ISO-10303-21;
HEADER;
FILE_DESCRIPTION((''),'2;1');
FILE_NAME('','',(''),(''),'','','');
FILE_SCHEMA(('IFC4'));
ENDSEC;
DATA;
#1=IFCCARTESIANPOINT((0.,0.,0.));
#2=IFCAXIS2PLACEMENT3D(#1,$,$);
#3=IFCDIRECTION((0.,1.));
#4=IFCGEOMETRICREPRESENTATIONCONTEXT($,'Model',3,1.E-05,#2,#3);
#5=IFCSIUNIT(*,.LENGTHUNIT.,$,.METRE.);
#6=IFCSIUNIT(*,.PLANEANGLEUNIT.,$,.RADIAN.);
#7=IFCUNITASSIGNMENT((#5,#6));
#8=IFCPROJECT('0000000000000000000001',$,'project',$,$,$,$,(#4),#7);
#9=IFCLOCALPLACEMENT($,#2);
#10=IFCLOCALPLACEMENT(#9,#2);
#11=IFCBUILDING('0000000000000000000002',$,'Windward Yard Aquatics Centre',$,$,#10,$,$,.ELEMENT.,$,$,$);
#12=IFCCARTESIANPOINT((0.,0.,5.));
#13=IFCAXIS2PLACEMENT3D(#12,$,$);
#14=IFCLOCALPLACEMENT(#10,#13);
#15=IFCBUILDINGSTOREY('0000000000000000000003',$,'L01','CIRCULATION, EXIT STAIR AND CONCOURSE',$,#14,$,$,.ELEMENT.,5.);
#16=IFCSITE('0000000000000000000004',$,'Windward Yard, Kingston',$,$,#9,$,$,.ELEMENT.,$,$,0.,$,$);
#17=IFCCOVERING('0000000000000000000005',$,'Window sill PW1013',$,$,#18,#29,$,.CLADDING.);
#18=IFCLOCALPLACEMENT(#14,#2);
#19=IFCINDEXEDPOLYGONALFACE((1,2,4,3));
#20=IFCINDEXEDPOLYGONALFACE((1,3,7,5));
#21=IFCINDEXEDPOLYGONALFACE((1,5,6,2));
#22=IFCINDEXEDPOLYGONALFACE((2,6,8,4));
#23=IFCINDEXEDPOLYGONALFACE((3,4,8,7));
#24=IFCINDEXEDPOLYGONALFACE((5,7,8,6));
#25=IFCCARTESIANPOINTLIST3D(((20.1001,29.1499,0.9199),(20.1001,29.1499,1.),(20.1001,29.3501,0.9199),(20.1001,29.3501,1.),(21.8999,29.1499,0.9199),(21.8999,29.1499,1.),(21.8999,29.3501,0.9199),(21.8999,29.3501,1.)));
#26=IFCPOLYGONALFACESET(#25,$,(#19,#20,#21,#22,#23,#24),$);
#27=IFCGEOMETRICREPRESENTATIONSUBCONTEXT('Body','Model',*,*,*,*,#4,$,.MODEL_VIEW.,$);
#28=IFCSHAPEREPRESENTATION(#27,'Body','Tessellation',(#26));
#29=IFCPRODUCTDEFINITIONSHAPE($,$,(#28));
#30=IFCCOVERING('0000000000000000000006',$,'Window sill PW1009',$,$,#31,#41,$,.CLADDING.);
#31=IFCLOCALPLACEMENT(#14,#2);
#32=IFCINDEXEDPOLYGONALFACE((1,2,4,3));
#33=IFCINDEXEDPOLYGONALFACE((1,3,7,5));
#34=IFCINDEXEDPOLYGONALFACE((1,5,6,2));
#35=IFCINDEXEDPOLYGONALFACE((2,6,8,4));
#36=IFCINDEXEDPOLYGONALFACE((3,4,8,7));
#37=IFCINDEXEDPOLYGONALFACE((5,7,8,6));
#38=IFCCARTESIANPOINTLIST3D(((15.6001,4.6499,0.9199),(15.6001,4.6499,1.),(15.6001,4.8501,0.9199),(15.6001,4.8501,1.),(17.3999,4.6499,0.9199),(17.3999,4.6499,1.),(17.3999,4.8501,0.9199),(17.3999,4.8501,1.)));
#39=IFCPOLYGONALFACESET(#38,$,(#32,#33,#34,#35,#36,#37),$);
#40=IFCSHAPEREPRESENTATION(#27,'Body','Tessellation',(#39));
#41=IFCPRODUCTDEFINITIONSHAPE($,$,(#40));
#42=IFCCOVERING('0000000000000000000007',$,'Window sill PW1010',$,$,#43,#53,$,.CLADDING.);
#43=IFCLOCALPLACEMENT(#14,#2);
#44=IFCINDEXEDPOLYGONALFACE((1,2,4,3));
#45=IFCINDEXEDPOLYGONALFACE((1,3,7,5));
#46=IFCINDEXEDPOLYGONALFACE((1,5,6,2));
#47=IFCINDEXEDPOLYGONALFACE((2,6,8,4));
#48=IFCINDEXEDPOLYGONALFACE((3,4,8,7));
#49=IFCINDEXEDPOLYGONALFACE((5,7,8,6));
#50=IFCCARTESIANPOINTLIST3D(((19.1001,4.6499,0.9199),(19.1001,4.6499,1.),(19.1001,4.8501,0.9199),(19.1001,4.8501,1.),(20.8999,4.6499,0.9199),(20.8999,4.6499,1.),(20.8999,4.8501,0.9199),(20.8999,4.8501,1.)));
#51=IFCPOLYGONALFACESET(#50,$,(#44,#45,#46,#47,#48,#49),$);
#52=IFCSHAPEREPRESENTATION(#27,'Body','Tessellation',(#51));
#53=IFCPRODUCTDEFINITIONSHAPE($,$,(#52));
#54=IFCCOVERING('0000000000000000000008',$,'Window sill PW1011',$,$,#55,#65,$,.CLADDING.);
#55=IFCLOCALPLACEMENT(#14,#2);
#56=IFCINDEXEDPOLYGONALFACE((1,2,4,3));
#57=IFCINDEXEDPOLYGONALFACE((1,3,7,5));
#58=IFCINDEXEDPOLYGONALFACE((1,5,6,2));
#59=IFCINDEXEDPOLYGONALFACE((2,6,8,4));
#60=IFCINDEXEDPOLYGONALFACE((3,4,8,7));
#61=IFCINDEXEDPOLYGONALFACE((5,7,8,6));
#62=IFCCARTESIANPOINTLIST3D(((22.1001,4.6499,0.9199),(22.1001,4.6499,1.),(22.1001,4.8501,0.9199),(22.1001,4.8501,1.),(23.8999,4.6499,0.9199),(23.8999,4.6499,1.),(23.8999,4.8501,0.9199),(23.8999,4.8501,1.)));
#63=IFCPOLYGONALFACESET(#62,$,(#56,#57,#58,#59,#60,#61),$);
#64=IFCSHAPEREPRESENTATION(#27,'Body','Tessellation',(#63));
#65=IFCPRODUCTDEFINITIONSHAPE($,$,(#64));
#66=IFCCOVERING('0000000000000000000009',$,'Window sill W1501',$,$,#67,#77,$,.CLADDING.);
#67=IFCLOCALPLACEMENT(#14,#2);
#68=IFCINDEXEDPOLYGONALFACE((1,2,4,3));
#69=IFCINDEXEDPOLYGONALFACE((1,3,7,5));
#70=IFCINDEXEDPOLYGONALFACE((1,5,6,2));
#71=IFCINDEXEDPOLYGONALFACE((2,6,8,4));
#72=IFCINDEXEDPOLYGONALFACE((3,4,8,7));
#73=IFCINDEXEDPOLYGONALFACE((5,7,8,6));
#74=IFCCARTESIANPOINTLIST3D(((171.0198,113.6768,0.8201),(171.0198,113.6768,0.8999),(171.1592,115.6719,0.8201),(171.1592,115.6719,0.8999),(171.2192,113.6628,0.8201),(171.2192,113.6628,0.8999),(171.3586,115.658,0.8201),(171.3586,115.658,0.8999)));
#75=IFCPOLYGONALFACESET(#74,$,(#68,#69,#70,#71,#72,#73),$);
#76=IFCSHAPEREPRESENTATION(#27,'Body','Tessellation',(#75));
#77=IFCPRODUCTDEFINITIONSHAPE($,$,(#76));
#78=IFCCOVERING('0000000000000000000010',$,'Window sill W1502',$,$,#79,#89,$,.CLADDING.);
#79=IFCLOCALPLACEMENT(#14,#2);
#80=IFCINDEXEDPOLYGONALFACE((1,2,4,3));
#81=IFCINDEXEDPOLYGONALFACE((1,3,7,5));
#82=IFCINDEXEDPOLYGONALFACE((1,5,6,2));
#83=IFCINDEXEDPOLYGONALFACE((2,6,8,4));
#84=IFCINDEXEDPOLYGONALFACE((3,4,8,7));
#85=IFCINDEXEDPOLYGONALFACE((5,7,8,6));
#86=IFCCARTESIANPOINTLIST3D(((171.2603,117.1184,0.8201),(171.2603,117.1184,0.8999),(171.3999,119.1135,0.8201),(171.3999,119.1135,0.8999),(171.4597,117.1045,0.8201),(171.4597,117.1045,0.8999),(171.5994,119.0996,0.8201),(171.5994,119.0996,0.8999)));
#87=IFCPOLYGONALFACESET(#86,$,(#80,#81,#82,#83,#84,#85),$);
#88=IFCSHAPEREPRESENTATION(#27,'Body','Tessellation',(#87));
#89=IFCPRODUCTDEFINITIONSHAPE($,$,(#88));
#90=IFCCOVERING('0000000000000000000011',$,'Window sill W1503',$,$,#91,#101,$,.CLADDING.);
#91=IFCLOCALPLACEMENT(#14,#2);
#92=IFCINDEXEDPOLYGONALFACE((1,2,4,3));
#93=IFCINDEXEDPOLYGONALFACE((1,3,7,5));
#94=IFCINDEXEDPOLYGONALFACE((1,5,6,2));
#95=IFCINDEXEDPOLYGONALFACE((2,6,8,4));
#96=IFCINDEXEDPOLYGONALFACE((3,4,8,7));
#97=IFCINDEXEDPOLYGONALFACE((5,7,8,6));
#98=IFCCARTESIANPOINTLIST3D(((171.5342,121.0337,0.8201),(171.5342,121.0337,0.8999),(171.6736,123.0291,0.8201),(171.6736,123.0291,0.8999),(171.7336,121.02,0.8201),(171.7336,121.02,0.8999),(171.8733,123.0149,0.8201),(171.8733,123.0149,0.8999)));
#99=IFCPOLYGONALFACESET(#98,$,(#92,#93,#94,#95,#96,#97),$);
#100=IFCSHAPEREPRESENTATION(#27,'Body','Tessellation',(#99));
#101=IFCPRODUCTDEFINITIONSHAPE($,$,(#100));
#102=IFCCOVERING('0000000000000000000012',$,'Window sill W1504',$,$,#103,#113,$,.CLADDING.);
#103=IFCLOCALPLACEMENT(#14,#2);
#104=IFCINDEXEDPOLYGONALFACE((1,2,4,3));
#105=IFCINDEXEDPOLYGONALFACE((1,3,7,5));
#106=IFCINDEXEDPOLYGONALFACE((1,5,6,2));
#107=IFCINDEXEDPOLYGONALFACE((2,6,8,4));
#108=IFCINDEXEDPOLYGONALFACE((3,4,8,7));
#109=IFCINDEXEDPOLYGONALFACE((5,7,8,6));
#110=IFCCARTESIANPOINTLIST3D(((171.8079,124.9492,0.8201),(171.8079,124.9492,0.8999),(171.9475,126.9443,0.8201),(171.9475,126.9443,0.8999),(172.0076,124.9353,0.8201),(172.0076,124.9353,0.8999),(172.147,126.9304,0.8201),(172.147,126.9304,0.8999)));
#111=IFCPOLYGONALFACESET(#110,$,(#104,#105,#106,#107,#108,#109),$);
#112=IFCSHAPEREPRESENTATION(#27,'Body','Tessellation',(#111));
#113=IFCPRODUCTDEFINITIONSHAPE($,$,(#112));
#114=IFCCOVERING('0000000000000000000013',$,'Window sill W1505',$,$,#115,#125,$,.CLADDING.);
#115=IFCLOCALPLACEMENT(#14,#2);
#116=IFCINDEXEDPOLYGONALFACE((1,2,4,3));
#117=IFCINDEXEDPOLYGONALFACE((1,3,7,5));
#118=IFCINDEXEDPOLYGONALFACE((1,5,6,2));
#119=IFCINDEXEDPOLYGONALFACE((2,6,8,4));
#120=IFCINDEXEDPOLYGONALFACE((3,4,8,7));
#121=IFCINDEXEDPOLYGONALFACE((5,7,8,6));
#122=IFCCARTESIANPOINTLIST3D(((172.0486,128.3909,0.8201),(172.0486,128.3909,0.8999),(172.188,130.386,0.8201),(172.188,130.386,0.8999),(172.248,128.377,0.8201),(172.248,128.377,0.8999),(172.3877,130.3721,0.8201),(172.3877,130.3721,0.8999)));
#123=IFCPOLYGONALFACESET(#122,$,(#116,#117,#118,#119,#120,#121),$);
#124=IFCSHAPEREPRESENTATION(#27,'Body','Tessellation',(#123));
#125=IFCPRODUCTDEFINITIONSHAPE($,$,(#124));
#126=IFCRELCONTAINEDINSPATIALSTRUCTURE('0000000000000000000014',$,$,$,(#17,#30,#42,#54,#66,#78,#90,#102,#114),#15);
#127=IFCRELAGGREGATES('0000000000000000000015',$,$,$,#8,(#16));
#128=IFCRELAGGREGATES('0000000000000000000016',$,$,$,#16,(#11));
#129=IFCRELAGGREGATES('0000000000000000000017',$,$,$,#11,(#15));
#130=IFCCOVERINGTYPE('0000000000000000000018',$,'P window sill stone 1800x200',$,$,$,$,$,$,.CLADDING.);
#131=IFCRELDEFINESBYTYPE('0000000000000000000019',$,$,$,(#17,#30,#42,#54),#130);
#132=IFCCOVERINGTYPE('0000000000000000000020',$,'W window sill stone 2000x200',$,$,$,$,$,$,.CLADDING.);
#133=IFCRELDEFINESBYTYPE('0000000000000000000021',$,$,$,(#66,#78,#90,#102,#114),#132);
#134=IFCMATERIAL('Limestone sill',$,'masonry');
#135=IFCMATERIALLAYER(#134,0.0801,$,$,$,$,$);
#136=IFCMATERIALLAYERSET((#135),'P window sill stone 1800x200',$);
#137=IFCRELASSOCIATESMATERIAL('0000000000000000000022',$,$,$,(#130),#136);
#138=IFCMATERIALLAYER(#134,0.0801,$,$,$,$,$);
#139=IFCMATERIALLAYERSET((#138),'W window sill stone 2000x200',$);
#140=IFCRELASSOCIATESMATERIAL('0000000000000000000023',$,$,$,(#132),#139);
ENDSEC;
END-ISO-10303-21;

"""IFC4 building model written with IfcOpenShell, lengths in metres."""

from ifc_helpers import new_model, si_unit, direction, frame, origin, place, context, subcontext, project, spatial, polyline, outline, extrude, material, layer, layer_set, type_object, element, save


model = new_model("IFC4")

# Units and contexts
model_context = context("Model", 3, precision=1e-05, world=origin(), true_north=direction((0.0, 1.0)))
body_context = subcontext(model_context, "Body", "Model", "MODEL_VIEW")
ifc_project = project(units=[si_unit("LENGTHUNIT", "METRE"), si_unit("PLANEANGLEUNIT", "RADIAN")], contexts=[model_context])

# Site, building, storey
site_placement = place(None, origin())
site = spatial("IfcSite", under=ifc_project, at=site_placement, Name="Windward Yard, Kingston", CompositionType="ELEMENT", RefElevation=0.0)
building_placement = place(site_placement, origin())
building = spatial("IfcBuilding", under=site, at=building_placement, Name="Windward Yard Aquatics Centre", CompositionType="ELEMENT")
storey_placement = place(building_placement, frame((0.0, 0.0, 5.0)))
storey = spatial("IfcBuildingStorey", under=building, at=storey_placement, Name="L01", Description="CIRCULATION, EXIT STAIR AND CONCOURSE", CompositionType="ELEMENT", Elevation=5.0)

# Coverings
ifc_material = material(Name="Limestone sill", Category="masonry")
ifc_layer_1 = layer(ifc_material, 0.0801)
ifc_layer_set_1 = layer_set([ifc_layer_1], Name="P window sill stone 1800x200")
covering_type_1 = type_object("IfcCoveringType", Name="P window sill stone 1800x200", PredefinedType="CLADDING", material=ifc_layer_set_1)
covering_1_placement = place(storey_placement, frame((0.0, 0.0, 0.9199)))
element("IfcCovering", 1, at=covering_1_placement, inside=storey, type_object=covering_type_1, Name="Window sill PW1013", PredefinedType="CLADDING", context=body_context, shape_type="SweptSolid", body=[
    extrude(outline(polyline([(20.1001, 29.1499), (21.8999, 29.1499), (21.8999, 29.3501), (20.1001, 29.3501), (20.1001, 29.1499)])), origin(), (0.0, 0.0, 1.0), 0.0801),
])
covering_2_placement = place(storey_placement, frame((0.0, 0.0, 0.9199)))
element("IfcCovering", 2, at=covering_2_placement, inside=storey, type_object=covering_type_1, Name="Window sill PW1009", PredefinedType="CLADDING", context=body_context, shape_type="SweptSolid", body=[
    extrude(outline(polyline([(15.6001, 4.6499), (15.6001, 4.8501), (17.3999, 4.8501), (17.3999, 4.6499), (15.6001, 4.6499)])), origin(), (0.0, 0.0, 1.0), 0.0801),
])
covering_3_placement = place(storey_placement, frame((0.0, 0.0, 0.9199)))
element("IfcCovering", 3, at=covering_3_placement, inside=storey, type_object=covering_type_1, Name="Window sill PW1010", PredefinedType="CLADDING", context=body_context, shape_type="SweptSolid", body=[
    extrude(outline(polyline([(19.1001, 4.6499), (19.1001, 4.8501), (20.8999, 4.8501), (20.8999, 4.6499), (19.1001, 4.6499)])), origin(), (0.0, 0.0, 1.0), 0.0801),
])
covering_4_placement = place(storey_placement, frame((0.0, 0.0, 0.9199)))
element("IfcCovering", 4, at=covering_4_placement, inside=storey, type_object=covering_type_1, Name="Window sill PW1011", PredefinedType="CLADDING", context=body_context, shape_type="SweptSolid", body=[
    extrude(outline(polyline([(22.1001, 4.6499), (22.1001, 4.8501), (23.8999, 4.8501), (23.8999, 4.6499), (22.1001, 4.6499)])), origin(), (0.0, 0.0, 1.0), 0.0801),
])
ifc_layer_2 = layer(ifc_material, 0.0801)
ifc_layer_set_2 = layer_set([ifc_layer_2], Name="W window sill stone 2000x200")
covering_type_2 = type_object("IfcCoveringType", Name="W window sill stone 2000x200", PredefinedType="CLADDING", material=ifc_layer_set_2)
covering_5_placement = place(storey_placement, frame((0.0, 0.0, 0.8201)))
element("IfcCovering", 5, at=covering_5_placement, inside=storey, type_object=covering_type_2, Name="Window sill W1501", PredefinedType="CLADDING", context=body_context, shape_type="SweptSolid", body=[
    extrude(outline(polyline([(171.0198, 113.6768), (171.1592, 115.6719), (171.3586, 115.658), (171.2192, 113.6628), (171.0198, 113.6768)])), origin(), (0.0, 0.0, 1.0), 0.0798),
])
covering_6_placement = place(storey_placement, frame((0.0, 0.0, 0.8201)))
element("IfcCovering", 6, at=covering_6_placement, inside=storey, type_object=covering_type_2, Name="Window sill W1502", PredefinedType="CLADDING", context=body_context, shape_type="SweptSolid", body=[
    extrude(outline(polyline([(171.2603, 117.1184), (171.3999, 119.1135), (171.5994, 119.0996), (171.4597, 117.1045), (171.2603, 117.1184)])), origin(), (0.0, 0.0, 1.0), 0.0798),
])
covering_7_placement = place(storey_placement, frame((0.0, 0.0, 0.8201)))
element("IfcCovering", 7, at=covering_7_placement, inside=storey, type_object=covering_type_2, Name="Window sill W1503", PredefinedType="CLADDING", context=body_context, shape_type="SweptSolid", body=[
    extrude(outline(polyline([(171.5342, 121.0337), (171.6736, 123.0291), (171.8733, 123.0149), (171.7336, 121.02), (171.5342, 121.0337)])), origin(), (0.0, 0.0, 1.0), 0.0798),
])
covering_8_placement = place(storey_placement, frame((0.0, 0.0, 0.8201)))
element("IfcCovering", 8, at=covering_8_placement, inside=storey, type_object=covering_type_2, Name="Window sill W1504", PredefinedType="CLADDING", context=body_context, shape_type="SweptSolid", body=[
    extrude(outline(polyline([(171.8079, 124.9492), (171.9475, 126.9443), (172.147, 126.9304), (172.0076, 124.9353), (171.8079, 124.9492)])), origin(), (0.0, 0.0, 1.0), 0.0798),
])
covering_9_placement = place(storey_placement, frame((0.0, 0.0, 0.8201)))
element("IfcCovering", 9, at=covering_9_placement, inside=storey, type_object=covering_type_2, Name="Window sill W1505", PredefinedType="CLADDING", context=body_context, shape_type="SweptSolid", body=[
    extrude(outline(polyline([(172.0486, 128.3909), (172.188, 130.386), (172.3877, 130.3721), (172.248, 128.377), (172.0486, 128.3909)])), origin(), (0.0, 0.0, 1.0), 0.0798),
])

save(model, "model.ifc")
